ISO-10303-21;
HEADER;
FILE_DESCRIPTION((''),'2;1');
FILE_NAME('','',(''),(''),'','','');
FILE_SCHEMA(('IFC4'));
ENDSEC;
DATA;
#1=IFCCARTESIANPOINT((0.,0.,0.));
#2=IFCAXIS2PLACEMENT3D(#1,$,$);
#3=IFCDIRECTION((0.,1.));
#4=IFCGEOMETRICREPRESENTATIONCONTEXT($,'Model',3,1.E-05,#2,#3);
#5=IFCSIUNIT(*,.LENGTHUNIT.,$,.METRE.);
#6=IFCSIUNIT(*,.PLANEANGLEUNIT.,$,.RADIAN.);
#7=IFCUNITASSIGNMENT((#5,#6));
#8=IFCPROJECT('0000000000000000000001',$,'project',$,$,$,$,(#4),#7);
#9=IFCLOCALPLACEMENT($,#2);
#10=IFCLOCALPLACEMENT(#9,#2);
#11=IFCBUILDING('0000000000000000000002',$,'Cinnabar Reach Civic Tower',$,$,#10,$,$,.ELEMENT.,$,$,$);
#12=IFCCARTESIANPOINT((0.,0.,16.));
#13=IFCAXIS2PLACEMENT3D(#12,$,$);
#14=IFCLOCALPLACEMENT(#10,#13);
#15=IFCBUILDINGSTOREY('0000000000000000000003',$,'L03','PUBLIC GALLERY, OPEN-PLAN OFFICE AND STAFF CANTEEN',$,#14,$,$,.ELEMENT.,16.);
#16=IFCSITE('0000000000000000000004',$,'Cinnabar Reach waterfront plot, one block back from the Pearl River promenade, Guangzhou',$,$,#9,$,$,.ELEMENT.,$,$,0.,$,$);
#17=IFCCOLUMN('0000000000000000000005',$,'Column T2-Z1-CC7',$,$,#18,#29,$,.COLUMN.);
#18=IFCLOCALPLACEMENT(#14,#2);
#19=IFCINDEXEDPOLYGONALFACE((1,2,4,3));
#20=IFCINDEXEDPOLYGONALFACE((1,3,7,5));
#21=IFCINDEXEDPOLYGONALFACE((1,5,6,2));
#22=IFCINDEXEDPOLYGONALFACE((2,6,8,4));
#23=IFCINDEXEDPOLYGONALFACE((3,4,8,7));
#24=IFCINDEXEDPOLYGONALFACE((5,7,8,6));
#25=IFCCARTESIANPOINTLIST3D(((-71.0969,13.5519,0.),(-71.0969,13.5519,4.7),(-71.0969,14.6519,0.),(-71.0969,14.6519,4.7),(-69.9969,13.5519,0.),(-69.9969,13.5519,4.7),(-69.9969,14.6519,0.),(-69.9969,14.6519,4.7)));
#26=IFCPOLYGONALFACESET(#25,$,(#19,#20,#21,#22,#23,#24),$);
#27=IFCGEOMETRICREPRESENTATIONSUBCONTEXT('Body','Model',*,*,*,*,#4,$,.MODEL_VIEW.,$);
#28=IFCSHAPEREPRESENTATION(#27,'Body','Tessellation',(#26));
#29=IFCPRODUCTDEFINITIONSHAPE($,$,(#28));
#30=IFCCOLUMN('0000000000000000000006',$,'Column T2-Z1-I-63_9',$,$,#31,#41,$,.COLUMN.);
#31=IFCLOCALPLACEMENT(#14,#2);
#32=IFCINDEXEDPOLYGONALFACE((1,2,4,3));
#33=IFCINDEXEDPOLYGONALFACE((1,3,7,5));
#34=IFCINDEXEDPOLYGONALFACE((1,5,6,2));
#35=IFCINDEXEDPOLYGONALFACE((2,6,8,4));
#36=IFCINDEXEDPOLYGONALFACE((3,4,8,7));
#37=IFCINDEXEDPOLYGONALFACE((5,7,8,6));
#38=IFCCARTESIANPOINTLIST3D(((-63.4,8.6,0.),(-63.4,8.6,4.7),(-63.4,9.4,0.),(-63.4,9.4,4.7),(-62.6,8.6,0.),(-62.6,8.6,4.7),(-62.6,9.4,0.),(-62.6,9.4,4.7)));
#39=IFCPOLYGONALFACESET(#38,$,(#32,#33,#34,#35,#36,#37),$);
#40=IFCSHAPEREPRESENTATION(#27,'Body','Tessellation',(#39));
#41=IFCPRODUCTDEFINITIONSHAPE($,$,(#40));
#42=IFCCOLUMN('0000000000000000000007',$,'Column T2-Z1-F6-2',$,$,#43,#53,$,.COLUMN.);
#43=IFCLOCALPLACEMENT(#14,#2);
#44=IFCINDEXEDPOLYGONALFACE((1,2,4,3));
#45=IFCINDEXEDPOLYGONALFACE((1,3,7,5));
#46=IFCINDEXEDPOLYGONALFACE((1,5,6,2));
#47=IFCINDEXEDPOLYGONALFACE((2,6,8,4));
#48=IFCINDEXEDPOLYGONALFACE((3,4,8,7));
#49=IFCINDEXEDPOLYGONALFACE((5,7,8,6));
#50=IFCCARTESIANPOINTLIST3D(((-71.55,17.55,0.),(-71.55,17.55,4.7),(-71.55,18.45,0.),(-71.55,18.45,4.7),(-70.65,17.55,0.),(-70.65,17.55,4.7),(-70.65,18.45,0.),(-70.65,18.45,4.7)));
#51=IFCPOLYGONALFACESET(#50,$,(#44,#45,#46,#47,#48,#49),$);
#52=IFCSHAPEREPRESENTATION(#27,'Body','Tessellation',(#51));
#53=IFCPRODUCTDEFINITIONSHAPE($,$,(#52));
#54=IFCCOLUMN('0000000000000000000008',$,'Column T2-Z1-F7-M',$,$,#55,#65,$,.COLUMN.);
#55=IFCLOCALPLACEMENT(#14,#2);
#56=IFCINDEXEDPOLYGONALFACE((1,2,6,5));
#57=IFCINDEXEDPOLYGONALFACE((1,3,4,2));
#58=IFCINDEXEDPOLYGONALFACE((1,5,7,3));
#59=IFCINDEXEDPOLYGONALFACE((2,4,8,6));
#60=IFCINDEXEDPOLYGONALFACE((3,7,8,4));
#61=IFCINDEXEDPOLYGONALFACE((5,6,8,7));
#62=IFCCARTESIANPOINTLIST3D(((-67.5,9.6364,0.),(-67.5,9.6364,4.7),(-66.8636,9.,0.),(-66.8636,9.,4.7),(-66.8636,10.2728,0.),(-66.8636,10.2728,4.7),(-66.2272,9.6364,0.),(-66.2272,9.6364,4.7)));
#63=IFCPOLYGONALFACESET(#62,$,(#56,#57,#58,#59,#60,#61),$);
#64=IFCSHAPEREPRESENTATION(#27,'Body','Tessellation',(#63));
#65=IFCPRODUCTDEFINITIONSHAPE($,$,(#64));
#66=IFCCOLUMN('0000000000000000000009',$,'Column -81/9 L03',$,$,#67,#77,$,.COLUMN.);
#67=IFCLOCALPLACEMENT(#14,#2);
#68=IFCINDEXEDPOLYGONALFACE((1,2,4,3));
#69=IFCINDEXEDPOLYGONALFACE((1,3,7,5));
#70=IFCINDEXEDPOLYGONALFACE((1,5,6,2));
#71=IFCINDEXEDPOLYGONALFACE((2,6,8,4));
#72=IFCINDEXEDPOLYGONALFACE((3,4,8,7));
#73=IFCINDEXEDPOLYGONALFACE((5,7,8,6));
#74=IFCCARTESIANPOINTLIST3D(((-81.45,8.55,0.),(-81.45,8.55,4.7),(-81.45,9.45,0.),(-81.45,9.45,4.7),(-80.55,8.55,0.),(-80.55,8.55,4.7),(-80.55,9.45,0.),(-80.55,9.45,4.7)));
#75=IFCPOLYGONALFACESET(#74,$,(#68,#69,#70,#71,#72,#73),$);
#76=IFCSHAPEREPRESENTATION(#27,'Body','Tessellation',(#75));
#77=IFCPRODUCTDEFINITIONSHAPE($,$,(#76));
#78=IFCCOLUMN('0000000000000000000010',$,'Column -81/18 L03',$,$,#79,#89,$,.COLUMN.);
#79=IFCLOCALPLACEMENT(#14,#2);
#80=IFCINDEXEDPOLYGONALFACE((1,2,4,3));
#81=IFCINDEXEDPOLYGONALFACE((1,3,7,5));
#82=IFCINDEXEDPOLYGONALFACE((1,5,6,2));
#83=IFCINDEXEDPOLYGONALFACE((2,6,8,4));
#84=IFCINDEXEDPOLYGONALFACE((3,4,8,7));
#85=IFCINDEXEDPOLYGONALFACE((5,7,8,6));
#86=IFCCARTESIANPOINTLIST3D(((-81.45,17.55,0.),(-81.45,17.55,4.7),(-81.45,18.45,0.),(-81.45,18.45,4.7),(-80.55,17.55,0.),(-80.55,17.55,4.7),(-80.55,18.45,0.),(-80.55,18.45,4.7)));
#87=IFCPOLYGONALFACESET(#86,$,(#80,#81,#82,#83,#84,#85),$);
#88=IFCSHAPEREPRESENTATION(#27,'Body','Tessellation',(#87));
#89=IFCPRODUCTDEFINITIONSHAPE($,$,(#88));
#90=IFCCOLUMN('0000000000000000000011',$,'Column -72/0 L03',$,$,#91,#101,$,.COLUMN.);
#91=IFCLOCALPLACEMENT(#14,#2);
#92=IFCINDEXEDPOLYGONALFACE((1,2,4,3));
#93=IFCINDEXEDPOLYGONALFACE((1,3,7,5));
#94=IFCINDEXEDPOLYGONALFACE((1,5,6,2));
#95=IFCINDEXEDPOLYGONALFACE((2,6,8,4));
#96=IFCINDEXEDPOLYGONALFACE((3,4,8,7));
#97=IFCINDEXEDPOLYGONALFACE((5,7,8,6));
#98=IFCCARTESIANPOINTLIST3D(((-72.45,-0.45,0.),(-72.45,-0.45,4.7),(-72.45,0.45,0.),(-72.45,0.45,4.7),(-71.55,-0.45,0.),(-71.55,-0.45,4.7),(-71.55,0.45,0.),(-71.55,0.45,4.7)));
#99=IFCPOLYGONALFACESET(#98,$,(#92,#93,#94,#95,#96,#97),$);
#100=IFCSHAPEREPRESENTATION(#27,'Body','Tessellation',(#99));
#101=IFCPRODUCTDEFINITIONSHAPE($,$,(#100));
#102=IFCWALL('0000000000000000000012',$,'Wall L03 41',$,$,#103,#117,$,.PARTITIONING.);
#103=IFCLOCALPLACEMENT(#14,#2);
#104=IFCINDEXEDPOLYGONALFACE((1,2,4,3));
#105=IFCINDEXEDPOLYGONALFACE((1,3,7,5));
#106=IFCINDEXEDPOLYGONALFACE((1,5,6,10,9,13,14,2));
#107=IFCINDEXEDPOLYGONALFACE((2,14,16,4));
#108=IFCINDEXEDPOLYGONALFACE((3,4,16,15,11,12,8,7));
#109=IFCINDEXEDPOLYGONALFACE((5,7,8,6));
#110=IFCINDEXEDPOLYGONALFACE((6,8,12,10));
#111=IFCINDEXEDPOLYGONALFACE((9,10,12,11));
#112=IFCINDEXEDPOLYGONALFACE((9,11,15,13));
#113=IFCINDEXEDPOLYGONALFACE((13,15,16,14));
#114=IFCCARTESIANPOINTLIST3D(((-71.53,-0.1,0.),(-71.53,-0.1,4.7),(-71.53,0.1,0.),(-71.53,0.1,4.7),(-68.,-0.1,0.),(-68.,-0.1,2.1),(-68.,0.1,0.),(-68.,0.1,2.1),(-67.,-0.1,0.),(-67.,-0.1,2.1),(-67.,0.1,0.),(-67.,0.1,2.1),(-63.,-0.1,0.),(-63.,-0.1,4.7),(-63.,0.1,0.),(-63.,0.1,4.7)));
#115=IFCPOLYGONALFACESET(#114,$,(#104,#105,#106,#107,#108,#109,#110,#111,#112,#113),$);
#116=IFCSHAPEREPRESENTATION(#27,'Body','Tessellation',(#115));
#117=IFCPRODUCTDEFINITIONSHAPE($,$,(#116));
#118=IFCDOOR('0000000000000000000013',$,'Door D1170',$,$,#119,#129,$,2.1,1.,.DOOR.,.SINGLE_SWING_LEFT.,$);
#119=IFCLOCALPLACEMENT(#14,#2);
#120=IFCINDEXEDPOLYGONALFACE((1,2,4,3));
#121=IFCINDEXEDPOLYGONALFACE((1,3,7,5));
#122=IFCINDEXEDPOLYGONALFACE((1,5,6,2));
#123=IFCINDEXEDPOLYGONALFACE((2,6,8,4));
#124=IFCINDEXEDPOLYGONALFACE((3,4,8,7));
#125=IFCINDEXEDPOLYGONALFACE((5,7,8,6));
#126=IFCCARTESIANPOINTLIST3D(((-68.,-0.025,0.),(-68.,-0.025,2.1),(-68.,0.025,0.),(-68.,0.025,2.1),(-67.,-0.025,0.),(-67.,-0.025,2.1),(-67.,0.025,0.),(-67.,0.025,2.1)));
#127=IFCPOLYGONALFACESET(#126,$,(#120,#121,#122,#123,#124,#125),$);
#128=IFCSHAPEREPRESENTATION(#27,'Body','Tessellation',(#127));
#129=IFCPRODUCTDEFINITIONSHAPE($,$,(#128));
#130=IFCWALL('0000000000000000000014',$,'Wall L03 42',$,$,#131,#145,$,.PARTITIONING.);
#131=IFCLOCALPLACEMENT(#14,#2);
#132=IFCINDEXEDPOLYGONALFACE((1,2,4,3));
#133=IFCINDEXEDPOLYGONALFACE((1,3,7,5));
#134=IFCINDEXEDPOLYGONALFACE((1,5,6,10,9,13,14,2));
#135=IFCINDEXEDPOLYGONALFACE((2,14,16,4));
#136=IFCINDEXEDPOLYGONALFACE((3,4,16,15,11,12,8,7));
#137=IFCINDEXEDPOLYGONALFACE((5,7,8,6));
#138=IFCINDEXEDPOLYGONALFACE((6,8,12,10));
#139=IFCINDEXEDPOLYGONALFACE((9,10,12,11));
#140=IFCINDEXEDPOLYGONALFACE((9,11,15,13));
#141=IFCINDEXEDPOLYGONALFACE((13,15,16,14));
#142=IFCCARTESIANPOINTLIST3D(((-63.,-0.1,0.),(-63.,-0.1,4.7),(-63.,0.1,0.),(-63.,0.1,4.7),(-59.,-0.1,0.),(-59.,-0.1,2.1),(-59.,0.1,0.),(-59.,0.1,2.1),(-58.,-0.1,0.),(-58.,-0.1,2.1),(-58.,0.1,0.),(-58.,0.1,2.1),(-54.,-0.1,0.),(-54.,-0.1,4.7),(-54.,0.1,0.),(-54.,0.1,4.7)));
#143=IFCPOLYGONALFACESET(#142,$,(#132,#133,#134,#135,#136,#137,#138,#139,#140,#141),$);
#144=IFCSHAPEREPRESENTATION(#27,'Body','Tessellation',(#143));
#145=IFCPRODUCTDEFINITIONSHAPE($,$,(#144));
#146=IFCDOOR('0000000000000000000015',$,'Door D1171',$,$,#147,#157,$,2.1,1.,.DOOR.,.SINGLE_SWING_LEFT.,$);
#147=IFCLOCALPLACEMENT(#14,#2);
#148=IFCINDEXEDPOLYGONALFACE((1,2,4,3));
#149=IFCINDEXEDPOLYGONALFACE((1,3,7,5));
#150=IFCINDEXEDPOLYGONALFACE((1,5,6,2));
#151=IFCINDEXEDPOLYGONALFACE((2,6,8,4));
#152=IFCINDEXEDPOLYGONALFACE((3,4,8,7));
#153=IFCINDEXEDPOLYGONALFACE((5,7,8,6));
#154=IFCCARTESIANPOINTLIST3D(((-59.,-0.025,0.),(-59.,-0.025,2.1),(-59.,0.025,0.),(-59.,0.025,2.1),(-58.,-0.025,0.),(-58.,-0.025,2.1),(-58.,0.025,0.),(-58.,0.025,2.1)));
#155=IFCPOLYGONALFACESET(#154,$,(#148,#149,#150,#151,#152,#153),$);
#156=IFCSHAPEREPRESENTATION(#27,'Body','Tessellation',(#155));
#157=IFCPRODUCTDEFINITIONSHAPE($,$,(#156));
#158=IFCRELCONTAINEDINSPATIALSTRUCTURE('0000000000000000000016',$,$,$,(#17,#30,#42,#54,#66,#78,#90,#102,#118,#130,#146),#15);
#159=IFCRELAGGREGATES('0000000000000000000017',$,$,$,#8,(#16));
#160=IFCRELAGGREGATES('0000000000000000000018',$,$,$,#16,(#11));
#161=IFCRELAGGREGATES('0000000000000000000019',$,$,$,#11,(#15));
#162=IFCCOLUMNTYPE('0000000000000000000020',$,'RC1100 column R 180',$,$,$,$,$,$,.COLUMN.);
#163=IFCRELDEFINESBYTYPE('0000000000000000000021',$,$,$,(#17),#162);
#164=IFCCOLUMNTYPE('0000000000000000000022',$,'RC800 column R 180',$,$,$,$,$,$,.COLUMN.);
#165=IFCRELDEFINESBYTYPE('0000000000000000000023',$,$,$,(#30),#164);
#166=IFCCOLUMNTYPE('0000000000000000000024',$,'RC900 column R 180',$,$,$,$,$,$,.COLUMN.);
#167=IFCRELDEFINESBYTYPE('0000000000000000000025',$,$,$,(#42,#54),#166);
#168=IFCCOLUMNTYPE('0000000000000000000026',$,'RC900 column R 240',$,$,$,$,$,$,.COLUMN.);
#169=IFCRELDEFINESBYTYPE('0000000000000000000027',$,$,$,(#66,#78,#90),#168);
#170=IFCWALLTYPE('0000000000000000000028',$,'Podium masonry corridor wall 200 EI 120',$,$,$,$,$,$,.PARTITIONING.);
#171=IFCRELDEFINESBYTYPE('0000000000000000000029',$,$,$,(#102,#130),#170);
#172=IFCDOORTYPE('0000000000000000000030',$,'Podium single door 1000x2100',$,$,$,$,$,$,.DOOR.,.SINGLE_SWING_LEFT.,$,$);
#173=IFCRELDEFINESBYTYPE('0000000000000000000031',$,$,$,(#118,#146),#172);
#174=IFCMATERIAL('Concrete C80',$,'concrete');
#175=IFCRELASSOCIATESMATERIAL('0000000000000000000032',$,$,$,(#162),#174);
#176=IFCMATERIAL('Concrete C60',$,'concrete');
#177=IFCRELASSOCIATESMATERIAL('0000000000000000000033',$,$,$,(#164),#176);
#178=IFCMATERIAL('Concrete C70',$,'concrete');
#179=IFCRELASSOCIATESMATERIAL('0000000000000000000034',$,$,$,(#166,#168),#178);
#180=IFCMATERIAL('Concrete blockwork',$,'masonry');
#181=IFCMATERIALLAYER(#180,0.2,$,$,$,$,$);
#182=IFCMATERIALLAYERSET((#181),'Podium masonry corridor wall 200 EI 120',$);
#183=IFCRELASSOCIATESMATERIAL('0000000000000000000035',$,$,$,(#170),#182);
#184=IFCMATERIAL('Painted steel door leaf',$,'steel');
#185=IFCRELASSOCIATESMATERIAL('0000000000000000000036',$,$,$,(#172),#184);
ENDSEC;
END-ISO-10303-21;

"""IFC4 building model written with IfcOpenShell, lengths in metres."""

from ifc_helpers import new_model, si_unit, direction, frame, frame_2d, origin, origin_2d, place, context, subcontext, project, spatial, rectangle, extrude, material, layer, layer_set, material_profile, profile_set, type_object, element, fill, save


model = new_model("IFC4")

# Units and contexts
model_context = context("Model", 3, precision=1e-05, world=origin(), true_north=direction((0.0, 1.0)))
body_context = subcontext(model_context, "Body", "Model", "MODEL_VIEW")
ifc_project = project(units=[si_unit("LENGTHUNIT", "METRE"), si_unit("PLANEANGLEUNIT", "RADIAN")], contexts=[model_context])

# Site, building, storey
site_placement = place(None, origin())
site = spatial("IfcSite", under=ifc_project, at=site_placement, Name="Cinnabar Reach waterfront plot, one block back from the Pearl River promenade, Guangzhou", CompositionType="ELEMENT", RefElevation=0.0)
building_placement = place(site_placement, origin())
building = spatial("IfcBuilding", under=site, at=building_placement, Name="Cinnabar Reach Civic Tower", CompositionType="ELEMENT")
storey_placement = place(building_placement, frame((0.0, 0.0, 16.0)))
storey = spatial("IfcBuildingStorey", under=building, at=storey_placement, Name="L03", Description="PUBLIC GALLERY, OPEN-PLAN OFFICE AND STAFF CANTEEN", CompositionType="ELEMENT", Elevation=16.0)

# Columns
ifc_material_1 = material(Name="Concrete C80", Category="concrete")
ifc_material_profile_1 = material_profile(ifc_material_1, rectangle(XDim=1.1, YDim=1.1, at=origin_2d()), Name="RC1100")
ifc_profile_set_1 = profile_set([ifc_material_profile_1], Name="Concrete C80")
column_type_1 = type_object("IfcColumnType", Name="RC1100 column R 180", PredefinedType="COLUMN", material=ifc_profile_set_1)
column_1_placement = place(storey_placement, frame((-70.5469, 14.1019, 0.0), z_axis=(0.0, 0.0, 1.0), x_axis=(1.0, 0.0, 0.0)))
element("IfcColumn", 1, at=column_1_placement, inside=storey, type_object=column_type_1, Name="Column T2-Z1-CC7", PredefinedType="COLUMN", context=body_context, shape_type="SweptSolid", body=[
    extrude(rectangle(XDim=1.1, YDim=1.1, at=origin_2d()), origin(), (0.0, 0.0, 1.0), 4.7),
])
ifc_material_2 = material(Name="Concrete C60", Category="concrete")
ifc_material_profile_2 = material_profile(ifc_material_2, rectangle(XDim=0.8, YDim=0.8, at=origin_2d()), Name="RC800")
ifc_profile_set_2 = profile_set([ifc_material_profile_2], Name="Concrete C60")
column_type_2 = type_object("IfcColumnType", Name="RC800 column R 180", PredefinedType="COLUMN", material=ifc_profile_set_2)
column_2_placement = place(storey_placement, frame((-63.0, 9.0, 0.0), z_axis=(0.0, 0.0, 1.0), x_axis=(1.0, 0.0, 0.0)))
element("IfcColumn", 2, at=column_2_placement, inside=storey, type_object=column_type_2, Name="Column T2-Z1-I-63_9", PredefinedType="COLUMN", context=body_context, shape_type="SweptSolid", body=[
    extrude(rectangle(XDim=0.8, YDim=0.8, at=origin_2d()), origin(), (0.0, 0.0, 1.0), 4.7),
])
ifc_material_3 = material(Name="Concrete C70", Category="concrete")
ifc_material_profile_3 = material_profile(ifc_material_3, rectangle(XDim=0.9, YDim=0.9, at=origin_2d()), Name="RC900")
ifc_profile_set_3 = profile_set([ifc_material_profile_3], Name="Concrete C70")
column_type_3 = type_object("IfcColumnType", Name="RC900 column R 180", PredefinedType="COLUMN", material=ifc_profile_set_3)
for number, where, z_axis, x_axis, name in (
    (3, (-71.1, 18.0, 0.0), (0.0, 0.0, 1.0), (1.0, 0.0, 0.0), "Column T2-Z1-F6-2"),
    (4, (-66.8636, 9.6364, 0.0), (0.0, 0.0, 1.0), (0.707107, 0.707107, 0.0), "Column T2-Z1-F7-M"),
):
    element("IfcColumn", number, at=place(storey_placement, frame(where, z_axis=z_axis, x_axis=x_axis)), inside=storey, type_object=column_type_3, Name=name, PredefinedType="COLUMN", context=body_context, shape_type="SweptSolid", body=[
        extrude(rectangle(XDim=0.9, YDim=0.9, at=origin_2d()), origin(), (0.0, 0.0, 1.0), 4.7),
    ])
ifc_material_profile_4 = material_profile(ifc_material_3, rectangle(XDim=0.9, YDim=0.9, at=origin_2d()), Name="RC900")
ifc_profile_set_4 = profile_set([ifc_material_profile_4], Name="Concrete C70")
column_type_4 = type_object("IfcColumnType", Name="RC900 column R 240", PredefinedType="COLUMN", material=ifc_profile_set_4)
for number, where, z_axis, x_axis, name in (
    (5, (-81.0, 9.0, 0.0), (0.0, 0.0, 1.0), (1.0, 0.0, 0.0), "Column -81/9 L03"),
    (6, (-81.0, 18.0, 0.0), (0.0, 0.0, 1.0), (1.0, 0.0, 0.0), "Column -81/18 L03"),
    (7, (-72.0, 0.0, 0.0), (0.0, 0.0, 1.0), (1.0, 0.0, 0.0), "Column -72/0 L03"),
):
    element("IfcColumn", number, at=place(storey_placement, frame(where, z_axis=z_axis, x_axis=x_axis)), inside=storey, type_object=column_type_4, Name=name, PredefinedType="COLUMN", context=body_context, shape_type="SweptSolid", body=[
        extrude(rectangle(XDim=0.9, YDim=0.9, at=origin_2d()), origin(), (0.0, 0.0, 1.0), 4.7),
    ])

# Walls, openings, doors
ifc_material_4 = material(Name="Concrete blockwork", Category="masonry")
ifc_layer_1 = layer(ifc_material_4, 0.2)
ifc_layer_set_1 = layer_set([ifc_layer_1], Name="Podium masonry corridor wall 200 EI 120")
wall_type_1 = type_object("IfcWallType", Name="Podium masonry corridor wall 200 EI 120", PredefinedType="PARTITIONING", material=ifc_layer_set_1)
wall_1_placement = place(storey_placement, frame((-71.53, 0.0, 0.0), z_axis=(0.0, 0.0, 1.0), x_axis=(1.0, 0.0, 0.0)))
wall_1 = element("IfcWall", 8, at=wall_1_placement, inside=storey, type_object=wall_type_1, Name="Wall L03 41", PredefinedType="PARTITIONING", context=body_context, shape_type="SweptSolid", body=[
    extrude(rectangle(XDim=8.53, YDim=0.2, at=frame_2d((4.265, 0.0))), origin(), (0.0, 0.0, 1.0), 4.7),
])
opening_1_placement = place(wall_1_placement, frame((3.53, 0.0, 0.0)))
opening_1 = element("IfcOpeningElement", 9, at=opening_1_placement, cuts=wall_1, PredefinedType="OPENING", context=body_context, shape_type="SweptSolid", body=[
    extrude(rectangle(XDim=1.0, YDim=2.1, at=frame_2d((0.5, 1.05))), frame((0.0, 0.11, 0.0), z_axis=(0.0, -1.0, 0.0), x_axis=(1.0, 0.0, 0.0)), (0.0, 0.0, 1.0), 0.22),
])
ifc_material_5 = material(Name="Painted steel door leaf", Category="steel")
door_type = type_object("IfcDoorType", Name="Podium single door 1000x2100", OperationType="SINGLE_SWING_LEFT", PredefinedType="DOOR", material=ifc_material_5)
door_1_placement = place(opening_1_placement, frame((1.0, 0.0, 0.0), z_axis=(0.0, 0.0, 1.0), x_axis=(-1.0, 0.0, 0.0)))
door_1 = element("IfcDoor", 10, at=door_1_placement, inside=storey, type_object=door_type, Name="Door D1170", OperationType="SINGLE_SWING_LEFT", OverallHeight=2.1, OverallWidth=1.0, PredefinedType="DOOR", context=body_context, shape_type="SweptSolid", body=[
    extrude(rectangle(XDim=1.0, YDim=2.1, at=frame_2d((0.5, 1.05))), frame((0.0, 0.025, 0.0), z_axis=(0.0, -1.0, 0.0), x_axis=(1.0, 0.0, 0.0)), (0.0, 0.0, 1.0), 0.05),
])
fill(opening_1, door_1)
wall_2_placement = place(storey_placement, frame((-63.0, 0.0, 0.0), z_axis=(0.0, 0.0, 1.0), x_axis=(1.0, 0.0, 0.0)))
wall_2 = element("IfcWall", 11, at=wall_2_placement, inside=storey, type_object=wall_type_1, Name="Wall L03 42", PredefinedType="PARTITIONING", context=body_context, shape_type="SweptSolid", body=[
    extrude(rectangle(XDim=9.0, YDim=0.2, at=frame_2d((4.5, 0.0))), origin(), (0.0, 0.0, 1.0), 4.7),
])
opening_2_placement = place(wall_2_placement, frame((4.0, 0.0, 0.0)))
opening_2 = element("IfcOpeningElement", 12, at=opening_2_placement, cuts=wall_2, PredefinedType="OPENING", context=body_context, shape_type="SweptSolid", body=[
    extrude(rectangle(XDim=1.0, YDim=2.1, at=frame_2d((0.5, 1.05))), frame((0.0, 0.11, 0.0), z_axis=(0.0, -1.0, 0.0), x_axis=(1.0, 0.0, 0.0)), (0.0, 0.0, 1.0), 0.22),
])
door_2_placement = place(opening_2_placement, frame((1.0, 0.0, 0.0), z_axis=(0.0, 0.0, 1.0), x_axis=(-1.0, 0.0, 0.0)))
door_2 = element("IfcDoor", 13, at=door_2_placement, inside=storey, type_object=door_type, Name="Door D1171", OperationType="SINGLE_SWING_LEFT", OverallHeight=2.1, OverallWidth=1.0, PredefinedType="DOOR", context=body_context, shape_type="SweptSolid", body=[
    extrude(rectangle(XDim=1.0, YDim=2.1, at=frame_2d((0.5, 1.05))), frame((0.0, 0.025, 0.0), z_axis=(0.0, -1.0, 0.0), x_axis=(1.0, 0.0, 0.0)), (0.0, 0.0, 1.0), 0.05),
])
fill(opening_2, door_2)

save(model, "model.ifc")
